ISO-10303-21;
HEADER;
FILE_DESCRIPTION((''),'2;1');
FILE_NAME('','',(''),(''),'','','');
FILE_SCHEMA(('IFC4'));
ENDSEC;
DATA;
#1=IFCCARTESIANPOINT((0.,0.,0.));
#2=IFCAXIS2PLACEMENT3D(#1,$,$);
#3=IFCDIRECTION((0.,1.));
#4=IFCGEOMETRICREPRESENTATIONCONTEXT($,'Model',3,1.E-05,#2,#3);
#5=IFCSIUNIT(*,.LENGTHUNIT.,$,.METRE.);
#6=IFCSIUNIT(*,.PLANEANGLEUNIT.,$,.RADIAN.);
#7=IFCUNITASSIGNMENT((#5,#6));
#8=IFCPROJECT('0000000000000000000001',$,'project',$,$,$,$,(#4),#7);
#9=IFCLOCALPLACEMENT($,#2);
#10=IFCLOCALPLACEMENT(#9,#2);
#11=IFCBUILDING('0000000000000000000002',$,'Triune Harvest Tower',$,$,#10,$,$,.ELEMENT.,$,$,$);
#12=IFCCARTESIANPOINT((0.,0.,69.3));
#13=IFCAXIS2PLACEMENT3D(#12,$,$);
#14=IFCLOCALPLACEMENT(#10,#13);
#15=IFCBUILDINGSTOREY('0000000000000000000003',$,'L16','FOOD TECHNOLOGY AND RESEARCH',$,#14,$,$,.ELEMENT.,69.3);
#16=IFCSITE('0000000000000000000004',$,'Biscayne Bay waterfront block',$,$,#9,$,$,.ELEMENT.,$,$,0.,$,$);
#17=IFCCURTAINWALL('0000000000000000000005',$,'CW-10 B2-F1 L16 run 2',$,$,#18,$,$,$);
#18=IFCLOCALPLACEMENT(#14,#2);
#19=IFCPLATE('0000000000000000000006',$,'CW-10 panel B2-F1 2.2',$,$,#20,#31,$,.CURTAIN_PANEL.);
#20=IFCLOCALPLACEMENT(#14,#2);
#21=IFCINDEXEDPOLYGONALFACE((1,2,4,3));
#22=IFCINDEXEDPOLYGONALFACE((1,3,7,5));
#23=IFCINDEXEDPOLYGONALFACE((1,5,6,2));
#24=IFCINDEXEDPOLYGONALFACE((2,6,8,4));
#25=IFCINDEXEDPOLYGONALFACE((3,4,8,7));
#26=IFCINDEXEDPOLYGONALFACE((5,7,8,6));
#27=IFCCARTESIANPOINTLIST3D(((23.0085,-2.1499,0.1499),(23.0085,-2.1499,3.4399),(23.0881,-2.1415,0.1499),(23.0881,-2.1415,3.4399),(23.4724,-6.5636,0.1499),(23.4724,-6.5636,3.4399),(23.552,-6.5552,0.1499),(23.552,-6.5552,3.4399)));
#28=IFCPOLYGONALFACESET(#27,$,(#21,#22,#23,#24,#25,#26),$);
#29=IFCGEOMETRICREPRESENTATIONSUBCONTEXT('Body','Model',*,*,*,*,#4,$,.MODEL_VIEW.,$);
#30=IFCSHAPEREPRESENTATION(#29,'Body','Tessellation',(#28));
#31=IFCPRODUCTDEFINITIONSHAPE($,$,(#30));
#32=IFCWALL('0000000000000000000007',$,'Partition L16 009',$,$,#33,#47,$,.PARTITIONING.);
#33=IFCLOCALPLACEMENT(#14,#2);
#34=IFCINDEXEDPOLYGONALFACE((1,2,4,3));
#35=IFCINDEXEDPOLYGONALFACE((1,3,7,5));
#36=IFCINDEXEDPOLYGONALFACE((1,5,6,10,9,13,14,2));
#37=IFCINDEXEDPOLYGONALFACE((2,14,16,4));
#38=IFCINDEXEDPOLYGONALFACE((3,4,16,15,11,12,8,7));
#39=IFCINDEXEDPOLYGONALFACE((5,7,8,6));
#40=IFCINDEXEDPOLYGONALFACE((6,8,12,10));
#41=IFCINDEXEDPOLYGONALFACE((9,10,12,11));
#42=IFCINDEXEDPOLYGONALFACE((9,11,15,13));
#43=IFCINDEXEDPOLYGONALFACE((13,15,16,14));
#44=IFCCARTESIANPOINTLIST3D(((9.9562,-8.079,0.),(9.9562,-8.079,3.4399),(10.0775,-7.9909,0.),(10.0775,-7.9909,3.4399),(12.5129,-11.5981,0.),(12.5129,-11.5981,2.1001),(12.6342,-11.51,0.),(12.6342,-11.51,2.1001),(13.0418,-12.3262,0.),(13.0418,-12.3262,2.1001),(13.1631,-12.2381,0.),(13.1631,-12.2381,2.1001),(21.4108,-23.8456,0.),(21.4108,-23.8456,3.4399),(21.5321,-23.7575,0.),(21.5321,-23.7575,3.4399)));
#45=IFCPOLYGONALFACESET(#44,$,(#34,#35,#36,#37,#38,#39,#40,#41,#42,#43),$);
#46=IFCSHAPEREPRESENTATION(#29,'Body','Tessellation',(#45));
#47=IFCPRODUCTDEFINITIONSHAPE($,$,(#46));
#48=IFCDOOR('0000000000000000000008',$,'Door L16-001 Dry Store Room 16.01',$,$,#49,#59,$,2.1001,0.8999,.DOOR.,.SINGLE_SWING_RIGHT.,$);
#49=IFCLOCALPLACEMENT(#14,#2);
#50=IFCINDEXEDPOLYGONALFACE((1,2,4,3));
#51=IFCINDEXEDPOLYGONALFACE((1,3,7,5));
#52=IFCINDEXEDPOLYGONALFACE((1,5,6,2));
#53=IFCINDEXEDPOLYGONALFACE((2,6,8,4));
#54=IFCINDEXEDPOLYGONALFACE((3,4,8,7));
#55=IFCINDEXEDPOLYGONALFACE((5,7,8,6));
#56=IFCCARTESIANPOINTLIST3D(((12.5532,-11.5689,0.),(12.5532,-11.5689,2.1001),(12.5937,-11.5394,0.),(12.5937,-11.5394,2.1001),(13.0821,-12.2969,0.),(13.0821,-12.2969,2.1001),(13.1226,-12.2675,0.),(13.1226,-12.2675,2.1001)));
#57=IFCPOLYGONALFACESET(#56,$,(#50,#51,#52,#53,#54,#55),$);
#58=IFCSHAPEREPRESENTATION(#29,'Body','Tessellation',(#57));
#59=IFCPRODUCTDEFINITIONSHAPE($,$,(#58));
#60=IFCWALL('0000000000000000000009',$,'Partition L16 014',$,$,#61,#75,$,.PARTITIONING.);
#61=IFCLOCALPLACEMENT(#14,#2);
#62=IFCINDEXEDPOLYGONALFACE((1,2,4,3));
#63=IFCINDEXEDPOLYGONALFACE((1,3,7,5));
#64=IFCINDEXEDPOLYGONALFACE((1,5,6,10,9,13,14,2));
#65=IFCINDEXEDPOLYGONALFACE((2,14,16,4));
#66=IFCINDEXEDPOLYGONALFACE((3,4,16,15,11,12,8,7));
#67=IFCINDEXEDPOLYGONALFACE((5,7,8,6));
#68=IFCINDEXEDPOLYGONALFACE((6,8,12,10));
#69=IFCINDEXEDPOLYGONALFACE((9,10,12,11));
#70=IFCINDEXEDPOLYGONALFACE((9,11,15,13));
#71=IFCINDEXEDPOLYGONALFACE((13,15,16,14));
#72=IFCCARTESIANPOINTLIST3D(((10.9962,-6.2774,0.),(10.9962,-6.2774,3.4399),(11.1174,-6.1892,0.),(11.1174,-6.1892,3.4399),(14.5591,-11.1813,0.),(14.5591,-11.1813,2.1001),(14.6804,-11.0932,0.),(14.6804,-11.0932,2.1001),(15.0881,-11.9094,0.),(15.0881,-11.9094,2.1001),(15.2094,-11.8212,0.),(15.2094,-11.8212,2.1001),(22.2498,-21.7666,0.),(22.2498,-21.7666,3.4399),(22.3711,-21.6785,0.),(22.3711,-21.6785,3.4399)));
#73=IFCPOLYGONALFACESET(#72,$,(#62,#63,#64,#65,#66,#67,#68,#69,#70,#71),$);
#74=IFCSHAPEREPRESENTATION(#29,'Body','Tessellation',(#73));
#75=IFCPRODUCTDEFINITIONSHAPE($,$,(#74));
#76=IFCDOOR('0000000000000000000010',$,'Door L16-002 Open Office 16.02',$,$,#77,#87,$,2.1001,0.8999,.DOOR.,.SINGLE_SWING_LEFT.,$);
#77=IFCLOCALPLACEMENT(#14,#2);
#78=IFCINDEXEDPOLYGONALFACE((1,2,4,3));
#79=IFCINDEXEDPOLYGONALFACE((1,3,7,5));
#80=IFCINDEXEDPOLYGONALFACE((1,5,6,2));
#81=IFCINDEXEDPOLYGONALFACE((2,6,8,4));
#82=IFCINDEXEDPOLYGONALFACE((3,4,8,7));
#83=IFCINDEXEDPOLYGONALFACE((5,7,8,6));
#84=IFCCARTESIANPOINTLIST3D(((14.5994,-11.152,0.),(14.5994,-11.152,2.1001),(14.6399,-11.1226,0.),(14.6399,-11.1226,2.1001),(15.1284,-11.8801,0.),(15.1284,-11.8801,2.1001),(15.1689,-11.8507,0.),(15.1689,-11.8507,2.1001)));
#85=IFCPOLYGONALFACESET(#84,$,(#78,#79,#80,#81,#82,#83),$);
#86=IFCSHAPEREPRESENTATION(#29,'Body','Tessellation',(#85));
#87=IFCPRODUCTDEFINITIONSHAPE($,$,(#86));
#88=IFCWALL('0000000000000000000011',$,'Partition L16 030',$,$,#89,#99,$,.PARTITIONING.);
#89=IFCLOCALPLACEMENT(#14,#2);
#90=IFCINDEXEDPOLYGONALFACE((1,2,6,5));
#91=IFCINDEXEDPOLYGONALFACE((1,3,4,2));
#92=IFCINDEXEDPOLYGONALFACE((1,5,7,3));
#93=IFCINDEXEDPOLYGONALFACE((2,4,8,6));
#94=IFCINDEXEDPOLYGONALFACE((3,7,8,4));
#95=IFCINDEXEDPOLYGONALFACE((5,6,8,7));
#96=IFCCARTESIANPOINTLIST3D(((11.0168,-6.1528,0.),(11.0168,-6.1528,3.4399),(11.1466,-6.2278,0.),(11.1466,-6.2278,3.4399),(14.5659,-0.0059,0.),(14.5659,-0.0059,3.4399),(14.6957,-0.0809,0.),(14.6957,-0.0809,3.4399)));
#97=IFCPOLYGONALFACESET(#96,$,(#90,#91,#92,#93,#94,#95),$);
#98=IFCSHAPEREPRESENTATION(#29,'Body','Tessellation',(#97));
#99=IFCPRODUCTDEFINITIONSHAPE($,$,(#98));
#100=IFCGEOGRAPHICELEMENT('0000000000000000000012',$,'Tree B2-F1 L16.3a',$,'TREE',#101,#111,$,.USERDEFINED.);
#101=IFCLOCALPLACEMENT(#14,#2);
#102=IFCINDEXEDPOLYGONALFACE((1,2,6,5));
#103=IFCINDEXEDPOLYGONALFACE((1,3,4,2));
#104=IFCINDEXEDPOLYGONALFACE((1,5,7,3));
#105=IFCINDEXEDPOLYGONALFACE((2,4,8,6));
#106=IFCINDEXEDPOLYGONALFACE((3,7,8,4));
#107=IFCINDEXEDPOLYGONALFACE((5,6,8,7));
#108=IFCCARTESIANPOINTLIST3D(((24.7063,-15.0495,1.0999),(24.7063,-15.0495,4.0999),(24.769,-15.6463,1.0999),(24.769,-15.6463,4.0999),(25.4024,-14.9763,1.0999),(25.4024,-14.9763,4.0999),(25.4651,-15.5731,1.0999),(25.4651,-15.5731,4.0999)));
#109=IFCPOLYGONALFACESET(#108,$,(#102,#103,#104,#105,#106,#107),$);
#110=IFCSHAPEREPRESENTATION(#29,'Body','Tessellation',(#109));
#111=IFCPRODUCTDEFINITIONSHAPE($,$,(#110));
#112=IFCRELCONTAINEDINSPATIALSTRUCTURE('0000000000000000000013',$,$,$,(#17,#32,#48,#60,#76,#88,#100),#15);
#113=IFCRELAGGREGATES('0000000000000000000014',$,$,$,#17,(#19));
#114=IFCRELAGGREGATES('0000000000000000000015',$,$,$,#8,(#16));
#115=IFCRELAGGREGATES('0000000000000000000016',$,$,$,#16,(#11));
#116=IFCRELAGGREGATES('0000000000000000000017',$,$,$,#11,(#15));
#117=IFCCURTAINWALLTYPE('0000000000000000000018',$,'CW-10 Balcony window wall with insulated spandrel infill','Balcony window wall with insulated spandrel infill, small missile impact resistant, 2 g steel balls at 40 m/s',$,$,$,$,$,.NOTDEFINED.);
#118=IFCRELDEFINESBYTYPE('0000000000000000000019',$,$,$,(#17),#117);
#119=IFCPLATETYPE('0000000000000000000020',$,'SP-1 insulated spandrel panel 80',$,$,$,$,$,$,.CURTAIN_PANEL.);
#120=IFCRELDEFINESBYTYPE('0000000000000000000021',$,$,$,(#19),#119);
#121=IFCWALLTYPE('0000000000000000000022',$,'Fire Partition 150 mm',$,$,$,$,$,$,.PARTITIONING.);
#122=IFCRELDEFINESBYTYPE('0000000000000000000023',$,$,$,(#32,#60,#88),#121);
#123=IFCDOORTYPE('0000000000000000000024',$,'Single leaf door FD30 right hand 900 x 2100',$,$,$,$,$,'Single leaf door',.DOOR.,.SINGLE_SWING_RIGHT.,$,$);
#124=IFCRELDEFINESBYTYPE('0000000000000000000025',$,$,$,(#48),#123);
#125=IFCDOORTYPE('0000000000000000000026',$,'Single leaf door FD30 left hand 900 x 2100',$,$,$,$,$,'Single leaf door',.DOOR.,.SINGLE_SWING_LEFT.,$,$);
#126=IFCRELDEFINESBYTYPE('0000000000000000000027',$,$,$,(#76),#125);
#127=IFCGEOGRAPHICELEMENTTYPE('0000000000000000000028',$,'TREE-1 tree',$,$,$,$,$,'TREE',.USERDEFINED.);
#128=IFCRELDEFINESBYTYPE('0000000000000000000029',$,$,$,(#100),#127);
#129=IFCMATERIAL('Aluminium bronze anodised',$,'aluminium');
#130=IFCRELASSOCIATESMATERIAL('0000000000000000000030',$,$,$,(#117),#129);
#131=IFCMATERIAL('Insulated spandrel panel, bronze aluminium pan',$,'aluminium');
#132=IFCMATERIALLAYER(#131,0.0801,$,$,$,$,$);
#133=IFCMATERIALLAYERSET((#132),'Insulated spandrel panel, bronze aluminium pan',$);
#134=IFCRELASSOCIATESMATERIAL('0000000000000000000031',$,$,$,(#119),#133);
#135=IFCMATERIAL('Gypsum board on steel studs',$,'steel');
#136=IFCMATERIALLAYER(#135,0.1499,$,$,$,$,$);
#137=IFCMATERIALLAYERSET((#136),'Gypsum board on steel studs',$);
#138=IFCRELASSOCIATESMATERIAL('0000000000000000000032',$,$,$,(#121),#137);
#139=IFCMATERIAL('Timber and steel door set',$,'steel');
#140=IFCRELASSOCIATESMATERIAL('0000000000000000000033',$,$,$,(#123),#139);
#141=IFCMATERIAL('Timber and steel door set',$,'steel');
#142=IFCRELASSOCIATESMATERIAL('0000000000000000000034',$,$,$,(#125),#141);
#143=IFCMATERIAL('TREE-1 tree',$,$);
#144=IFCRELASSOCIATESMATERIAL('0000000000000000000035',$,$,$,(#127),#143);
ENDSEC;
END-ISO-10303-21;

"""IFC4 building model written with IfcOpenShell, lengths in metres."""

from ifc_helpers import new_model, si_unit, direction, frame, frame_2d, origin, origin_2d, place, context, subcontext, project, spatial, rectangle, extrude, source, transform, mapped, material, layer, layer_set, type_object, element, fill, aggregate, save


model = new_model("IFC4")

# Units and contexts
model_context = context("Model", 3, precision=1e-05, world=origin(), true_north=direction((0.0, 1.0)))
body_context = subcontext(model_context, "Body", "Model", "MODEL_VIEW")
ifc_project = project(units=[si_unit("LENGTHUNIT", "METRE"), si_unit("PLANEANGLEUNIT", "RADIAN")], contexts=[model_context])

# Site, building, storey
site_placement = place(None, origin())
site = spatial("IfcSite", under=ifc_project, at=site_placement, Name="Biscayne Bay waterfront block", CompositionType="ELEMENT", RefElevation=0.0)
building_placement = place(site_placement, origin())
building = spatial("IfcBuilding", under=site, at=building_placement, Name="Triune Harvest Tower", CompositionType="ELEMENT")
storey_placement = place(building_placement, frame((0.0, 0.0, 69.3)))
storey = spatial("IfcBuildingStorey", under=building, at=storey_placement, Name="L16", Description="FOOD TECHNOLOGY AND RESEARCH", CompositionType="ELEMENT", Elevation=69.3)

# Curtain wall
ifc_material_1 = material(Name="Aluminium bronze anodised", Category="aluminium")
curtain_wall_type = type_object("IfcCurtainWallType", Name="CW-10 Balcony window wall with insulated spandrel infill", Description="Balcony window wall with insulated spandrel infill, small missile impact resistant, 2 g steel balls at 40 m/s", PredefinedType="NOTDEFINED", material=ifc_material_1)
curtain_wall_placement = place(storey_placement, origin())
curtain_wall = element("IfcCurtainWall", 1, at=curtain_wall_placement, inside=storey, type_object=curtain_wall_type, Name="CW-10 B2-F1 L16 run 2")

# Plate
ifc_material_2 = material(Name="Insulated spandrel panel, bronze aluminium pan", Category="aluminium")
ifc_layer_1 = layer(ifc_material_2, 0.0801)
ifc_layer_set_1 = layer_set([ifc_layer_1], Name="Insulated spandrel panel, bronze aluminium pan")
plate_type = type_object("IfcPlateType", Name="SP-1 insulated spandrel panel 80", PredefinedType="CURTAIN_PANEL", material=ifc_layer_set_1)
shared_shape_1 = source(origin(), body_context, "Body", "SweptSolid", [
    extrude(rectangle(XDim=4.438, YDim=0.0801, at=origin_2d()), origin(), (0.0, 0.0, 1.0), 3.29),
])
plate_1_placement = place(storey_placement, frame((23.2803, -4.3525, 0.1499), z_axis=(0.0, 0.0, 1.0), x_axis=(-0.104527, 0.994522, 0.0)))
plate_1 = element("IfcPlate", 2, at=plate_1_placement, type_object=plate_type, Name="CW-10 panel B2-F1 2.2", PredefinedType="CURTAIN_PANEL", context=body_context, shape_type="MappedRepresentation", body=[
    mapped(shared_shape_1, transform((0.0, 0.0, 0.0), scale=1.0)),
])
aggregate(curtain_wall, [plate_1])

# Walls, openings, doors
ifc_material_3 = material(Name="Gypsum board on steel studs", Category="steel")
ifc_layer_2 = layer(ifc_material_3, 0.1499)
ifc_layer_set_2 = layer_set([ifc_layer_2], Name="Gypsum board on steel studs")
wall_type_1 = type_object("IfcWallType", Name="Fire Partition 150 mm", PredefinedType="PARTITIONING", material=ifc_layer_set_2)
shared_shape_2 = source(origin(), body_context, "Body", "SweptSolid", [
    extrude(rectangle(XDim=19.4883, YDim=0.1499, at=frame_2d((9.7441, 0.0))), origin(), (0.0, 0.0, 1.0), 3.4399),
])
wall_1_placement = place(storey_placement, frame((10.0168, -8.0349, 0.0), z_axis=(0.0, 0.0, 1.0), x_axis=(0.587768, -0.80903, 0.0)))
wall_1 = element("IfcWall", 3, at=wall_1_placement, inside=storey, type_object=wall_type_1, Name="Partition L16 009", PredefinedType="PARTITIONING", context=body_context, shape_type="MappedRepresentation", body=[
    mapped(shared_shape_2, transform((0.0, 0.0, 0.0), scale=1.0)),
])
opening_1_placement = place(wall_1_placement, frame((4.3499, 0.0, 0.0)))
opening_1 = element("IfcOpeningElement", 4, at=opening_1_placement, cuts=wall_1, PredefinedType="OPENING", context=body_context, shape_type="SweptSolid", body=[
    extrude(rectangle(XDim=0.8999, YDim=2.1001, at=frame_2d((0.45, 1.05))), frame((0.0, 0.085, 0.0), z_axis=(0.0, -1.0, 0.0), x_axis=(1.0, 0.0, 0.0)), (0.0, 0.0, 1.0), 0.1699),
])
ifc_material_4 = material(Name="Timber and steel door set", Category="steel")
door_type_1 = type_object("IfcDoorType", Name="Single leaf door FD30 right hand 900 x 2100", ElementType="Single leaf door", OperationType="SINGLE_SWING_RIGHT", PredefinedType="DOOR", material=ifc_material_4)
door_1_placement = place(opening_1_placement, origin())
door_1 = element("IfcDoor", 5, at=door_1_placement, inside=storey, type_object=door_type_1, Name="Door L16-001 Dry Store Room 16.01", OperationType="SINGLE_SWING_RIGHT", OverallHeight=2.1001, OverallWidth=0.8999, PredefinedType="DOOR", context=body_context, shape_type="SweptSolid", body=[
    extrude(rectangle(XDim=0.8999, YDim=2.1001, at=frame_2d((0.45, 1.05))), frame((0.0, 0.0249, 0.0), z_axis=(0.0, -1.0, 0.0), x_axis=(1.0, 0.0, 0.0)), (0.0, 0.0, 1.0), 0.05),
])
fill(opening_1, door_1)
shared_shape_3 = source(origin(), body_context, "Body", "SweptSolid", [
    extrude(rectangle(XDim=19.1458, YDim=0.1499, at=frame_2d((9.5728, 0.0))), origin(), (0.0, 0.0, 1.0), 3.4399),
])
wall_2_placement = place(storey_placement, frame((11.0569, -6.2334, 0.0), z_axis=(0.0, 0.0, 1.0), x_axis=(0.587787, -0.809016, 0.0)))
wall_2 = element("IfcWall", 6, at=wall_2_placement, inside=storey, type_object=wall_type_1, Name="Partition L16 014", PredefinedType="PARTITIONING", context=body_context, shape_type="MappedRepresentation", body=[
    mapped(shared_shape_3, transform((0.0, 0.0, 0.0), scale=1.0)),
])
opening_2_placement = place(wall_2_placement, frame((6.0615, 0.0, 0.0)))
opening_2 = element("IfcOpeningElement", 7, at=opening_2_placement, cuts=wall_2, PredefinedType="OPENING", context=body_context, shape_type="SweptSolid", body=[
    extrude(rectangle(XDim=0.8999, YDim=2.1001, at=frame_2d((0.45, 1.05))), frame((0.0, 0.085, 0.0), z_axis=(0.0, -1.0, 0.0), x_axis=(1.0, 0.0, 0.0)), (0.0, 0.0, 1.0), 0.1699),
])
ifc_material_5 = material(Name="Timber and steel door set", Category="steel")
door_type_2 = type_object("IfcDoorType", Name="Single leaf door FD30 left hand 900 x 2100", ElementType="Single leaf door", OperationType="SINGLE_SWING_LEFT", PredefinedType="DOOR", material=ifc_material_5)
door_2_placement = place(opening_2_placement, origin())
door_2 = element("IfcDoor", 8, at=door_2_placement, inside=storey, type_object=door_type_2, Name="Door L16-002 Open Office 16.02", OperationType="SINGLE_SWING_LEFT", OverallHeight=2.1001, OverallWidth=0.8999, PredefinedType="DOOR", context=body_context, shape_type="SweptSolid", body=[
    extrude(rectangle(XDim=0.8999, YDim=2.1001, at=frame_2d((0.45, 1.05))), frame((0.0, 0.0249, 0.0), z_axis=(0.0, -1.0, 0.0), x_axis=(1.0, 0.0, 0.0)), (0.0, 0.0, 1.0), 0.05),
])
fill(opening_2, door_2)

# Wall
shared_shape_4 = source(origin(), body_context, "Body", "SweptSolid", [
    extrude(rectangle(XDim=7.0979, YDim=0.1499, at=frame_2d((3.5488, 0.0))), origin(), (0.0, 0.0, 1.0), 3.4399),
])
wall_3_placement = place(storey_placement, frame((11.0818, -6.1902, 0.0), z_axis=(0.0, 0.0, 1.0), x_axis=(0.500012, 0.866018, 0.0)))
element("IfcWall", 9, at=wall_3_placement, inside=storey, type_object=wall_type_1, Name="Partition L16 030", PredefinedType="PARTITIONING", context=body_context, shape_type="MappedRepresentation", body=[
    mapped(shared_shape_4, transform((0.0, 0.0, 0.0), scale=1.0)),
])

# Geographic element
ifc_material_6 = material(Name="TREE-1 tree")
geographic_element_type = type_object("IfcGeographicElementType", Name="TREE-1 tree", ElementType="TREE", PredefinedType="USERDEFINED", material=ifc_material_6)
shared_shape_5 = source(origin(), body_context, "Body", "SweptSolid", [
    extrude(rectangle(XDim=0.6001, YDim=0.7, at=origin_2d()), origin(), (0.0, 0.0, 1.0), 3.0),
])
geographic_element_placement = place(storey_placement, frame((25.0857, -15.3113, 1.0999), z_axis=(0.0, 0.0, 1.0), x_axis=(-0.104528, 0.994522, 0.0)))
element("IfcGeographicElement", 10, at=geographic_element_placement, inside=storey, type_object=geographic_element_type, Name="Tree B2-F1 L16.3a", ObjectType="TREE", PredefinedType="USERDEFINED", context=body_context, shape_type="MappedRepresentation", body=[
    mapped(shared_shape_5, transform((0.0, 0.0, 0.0), scale=1.0)),
])

save(model, "model.ifc")
